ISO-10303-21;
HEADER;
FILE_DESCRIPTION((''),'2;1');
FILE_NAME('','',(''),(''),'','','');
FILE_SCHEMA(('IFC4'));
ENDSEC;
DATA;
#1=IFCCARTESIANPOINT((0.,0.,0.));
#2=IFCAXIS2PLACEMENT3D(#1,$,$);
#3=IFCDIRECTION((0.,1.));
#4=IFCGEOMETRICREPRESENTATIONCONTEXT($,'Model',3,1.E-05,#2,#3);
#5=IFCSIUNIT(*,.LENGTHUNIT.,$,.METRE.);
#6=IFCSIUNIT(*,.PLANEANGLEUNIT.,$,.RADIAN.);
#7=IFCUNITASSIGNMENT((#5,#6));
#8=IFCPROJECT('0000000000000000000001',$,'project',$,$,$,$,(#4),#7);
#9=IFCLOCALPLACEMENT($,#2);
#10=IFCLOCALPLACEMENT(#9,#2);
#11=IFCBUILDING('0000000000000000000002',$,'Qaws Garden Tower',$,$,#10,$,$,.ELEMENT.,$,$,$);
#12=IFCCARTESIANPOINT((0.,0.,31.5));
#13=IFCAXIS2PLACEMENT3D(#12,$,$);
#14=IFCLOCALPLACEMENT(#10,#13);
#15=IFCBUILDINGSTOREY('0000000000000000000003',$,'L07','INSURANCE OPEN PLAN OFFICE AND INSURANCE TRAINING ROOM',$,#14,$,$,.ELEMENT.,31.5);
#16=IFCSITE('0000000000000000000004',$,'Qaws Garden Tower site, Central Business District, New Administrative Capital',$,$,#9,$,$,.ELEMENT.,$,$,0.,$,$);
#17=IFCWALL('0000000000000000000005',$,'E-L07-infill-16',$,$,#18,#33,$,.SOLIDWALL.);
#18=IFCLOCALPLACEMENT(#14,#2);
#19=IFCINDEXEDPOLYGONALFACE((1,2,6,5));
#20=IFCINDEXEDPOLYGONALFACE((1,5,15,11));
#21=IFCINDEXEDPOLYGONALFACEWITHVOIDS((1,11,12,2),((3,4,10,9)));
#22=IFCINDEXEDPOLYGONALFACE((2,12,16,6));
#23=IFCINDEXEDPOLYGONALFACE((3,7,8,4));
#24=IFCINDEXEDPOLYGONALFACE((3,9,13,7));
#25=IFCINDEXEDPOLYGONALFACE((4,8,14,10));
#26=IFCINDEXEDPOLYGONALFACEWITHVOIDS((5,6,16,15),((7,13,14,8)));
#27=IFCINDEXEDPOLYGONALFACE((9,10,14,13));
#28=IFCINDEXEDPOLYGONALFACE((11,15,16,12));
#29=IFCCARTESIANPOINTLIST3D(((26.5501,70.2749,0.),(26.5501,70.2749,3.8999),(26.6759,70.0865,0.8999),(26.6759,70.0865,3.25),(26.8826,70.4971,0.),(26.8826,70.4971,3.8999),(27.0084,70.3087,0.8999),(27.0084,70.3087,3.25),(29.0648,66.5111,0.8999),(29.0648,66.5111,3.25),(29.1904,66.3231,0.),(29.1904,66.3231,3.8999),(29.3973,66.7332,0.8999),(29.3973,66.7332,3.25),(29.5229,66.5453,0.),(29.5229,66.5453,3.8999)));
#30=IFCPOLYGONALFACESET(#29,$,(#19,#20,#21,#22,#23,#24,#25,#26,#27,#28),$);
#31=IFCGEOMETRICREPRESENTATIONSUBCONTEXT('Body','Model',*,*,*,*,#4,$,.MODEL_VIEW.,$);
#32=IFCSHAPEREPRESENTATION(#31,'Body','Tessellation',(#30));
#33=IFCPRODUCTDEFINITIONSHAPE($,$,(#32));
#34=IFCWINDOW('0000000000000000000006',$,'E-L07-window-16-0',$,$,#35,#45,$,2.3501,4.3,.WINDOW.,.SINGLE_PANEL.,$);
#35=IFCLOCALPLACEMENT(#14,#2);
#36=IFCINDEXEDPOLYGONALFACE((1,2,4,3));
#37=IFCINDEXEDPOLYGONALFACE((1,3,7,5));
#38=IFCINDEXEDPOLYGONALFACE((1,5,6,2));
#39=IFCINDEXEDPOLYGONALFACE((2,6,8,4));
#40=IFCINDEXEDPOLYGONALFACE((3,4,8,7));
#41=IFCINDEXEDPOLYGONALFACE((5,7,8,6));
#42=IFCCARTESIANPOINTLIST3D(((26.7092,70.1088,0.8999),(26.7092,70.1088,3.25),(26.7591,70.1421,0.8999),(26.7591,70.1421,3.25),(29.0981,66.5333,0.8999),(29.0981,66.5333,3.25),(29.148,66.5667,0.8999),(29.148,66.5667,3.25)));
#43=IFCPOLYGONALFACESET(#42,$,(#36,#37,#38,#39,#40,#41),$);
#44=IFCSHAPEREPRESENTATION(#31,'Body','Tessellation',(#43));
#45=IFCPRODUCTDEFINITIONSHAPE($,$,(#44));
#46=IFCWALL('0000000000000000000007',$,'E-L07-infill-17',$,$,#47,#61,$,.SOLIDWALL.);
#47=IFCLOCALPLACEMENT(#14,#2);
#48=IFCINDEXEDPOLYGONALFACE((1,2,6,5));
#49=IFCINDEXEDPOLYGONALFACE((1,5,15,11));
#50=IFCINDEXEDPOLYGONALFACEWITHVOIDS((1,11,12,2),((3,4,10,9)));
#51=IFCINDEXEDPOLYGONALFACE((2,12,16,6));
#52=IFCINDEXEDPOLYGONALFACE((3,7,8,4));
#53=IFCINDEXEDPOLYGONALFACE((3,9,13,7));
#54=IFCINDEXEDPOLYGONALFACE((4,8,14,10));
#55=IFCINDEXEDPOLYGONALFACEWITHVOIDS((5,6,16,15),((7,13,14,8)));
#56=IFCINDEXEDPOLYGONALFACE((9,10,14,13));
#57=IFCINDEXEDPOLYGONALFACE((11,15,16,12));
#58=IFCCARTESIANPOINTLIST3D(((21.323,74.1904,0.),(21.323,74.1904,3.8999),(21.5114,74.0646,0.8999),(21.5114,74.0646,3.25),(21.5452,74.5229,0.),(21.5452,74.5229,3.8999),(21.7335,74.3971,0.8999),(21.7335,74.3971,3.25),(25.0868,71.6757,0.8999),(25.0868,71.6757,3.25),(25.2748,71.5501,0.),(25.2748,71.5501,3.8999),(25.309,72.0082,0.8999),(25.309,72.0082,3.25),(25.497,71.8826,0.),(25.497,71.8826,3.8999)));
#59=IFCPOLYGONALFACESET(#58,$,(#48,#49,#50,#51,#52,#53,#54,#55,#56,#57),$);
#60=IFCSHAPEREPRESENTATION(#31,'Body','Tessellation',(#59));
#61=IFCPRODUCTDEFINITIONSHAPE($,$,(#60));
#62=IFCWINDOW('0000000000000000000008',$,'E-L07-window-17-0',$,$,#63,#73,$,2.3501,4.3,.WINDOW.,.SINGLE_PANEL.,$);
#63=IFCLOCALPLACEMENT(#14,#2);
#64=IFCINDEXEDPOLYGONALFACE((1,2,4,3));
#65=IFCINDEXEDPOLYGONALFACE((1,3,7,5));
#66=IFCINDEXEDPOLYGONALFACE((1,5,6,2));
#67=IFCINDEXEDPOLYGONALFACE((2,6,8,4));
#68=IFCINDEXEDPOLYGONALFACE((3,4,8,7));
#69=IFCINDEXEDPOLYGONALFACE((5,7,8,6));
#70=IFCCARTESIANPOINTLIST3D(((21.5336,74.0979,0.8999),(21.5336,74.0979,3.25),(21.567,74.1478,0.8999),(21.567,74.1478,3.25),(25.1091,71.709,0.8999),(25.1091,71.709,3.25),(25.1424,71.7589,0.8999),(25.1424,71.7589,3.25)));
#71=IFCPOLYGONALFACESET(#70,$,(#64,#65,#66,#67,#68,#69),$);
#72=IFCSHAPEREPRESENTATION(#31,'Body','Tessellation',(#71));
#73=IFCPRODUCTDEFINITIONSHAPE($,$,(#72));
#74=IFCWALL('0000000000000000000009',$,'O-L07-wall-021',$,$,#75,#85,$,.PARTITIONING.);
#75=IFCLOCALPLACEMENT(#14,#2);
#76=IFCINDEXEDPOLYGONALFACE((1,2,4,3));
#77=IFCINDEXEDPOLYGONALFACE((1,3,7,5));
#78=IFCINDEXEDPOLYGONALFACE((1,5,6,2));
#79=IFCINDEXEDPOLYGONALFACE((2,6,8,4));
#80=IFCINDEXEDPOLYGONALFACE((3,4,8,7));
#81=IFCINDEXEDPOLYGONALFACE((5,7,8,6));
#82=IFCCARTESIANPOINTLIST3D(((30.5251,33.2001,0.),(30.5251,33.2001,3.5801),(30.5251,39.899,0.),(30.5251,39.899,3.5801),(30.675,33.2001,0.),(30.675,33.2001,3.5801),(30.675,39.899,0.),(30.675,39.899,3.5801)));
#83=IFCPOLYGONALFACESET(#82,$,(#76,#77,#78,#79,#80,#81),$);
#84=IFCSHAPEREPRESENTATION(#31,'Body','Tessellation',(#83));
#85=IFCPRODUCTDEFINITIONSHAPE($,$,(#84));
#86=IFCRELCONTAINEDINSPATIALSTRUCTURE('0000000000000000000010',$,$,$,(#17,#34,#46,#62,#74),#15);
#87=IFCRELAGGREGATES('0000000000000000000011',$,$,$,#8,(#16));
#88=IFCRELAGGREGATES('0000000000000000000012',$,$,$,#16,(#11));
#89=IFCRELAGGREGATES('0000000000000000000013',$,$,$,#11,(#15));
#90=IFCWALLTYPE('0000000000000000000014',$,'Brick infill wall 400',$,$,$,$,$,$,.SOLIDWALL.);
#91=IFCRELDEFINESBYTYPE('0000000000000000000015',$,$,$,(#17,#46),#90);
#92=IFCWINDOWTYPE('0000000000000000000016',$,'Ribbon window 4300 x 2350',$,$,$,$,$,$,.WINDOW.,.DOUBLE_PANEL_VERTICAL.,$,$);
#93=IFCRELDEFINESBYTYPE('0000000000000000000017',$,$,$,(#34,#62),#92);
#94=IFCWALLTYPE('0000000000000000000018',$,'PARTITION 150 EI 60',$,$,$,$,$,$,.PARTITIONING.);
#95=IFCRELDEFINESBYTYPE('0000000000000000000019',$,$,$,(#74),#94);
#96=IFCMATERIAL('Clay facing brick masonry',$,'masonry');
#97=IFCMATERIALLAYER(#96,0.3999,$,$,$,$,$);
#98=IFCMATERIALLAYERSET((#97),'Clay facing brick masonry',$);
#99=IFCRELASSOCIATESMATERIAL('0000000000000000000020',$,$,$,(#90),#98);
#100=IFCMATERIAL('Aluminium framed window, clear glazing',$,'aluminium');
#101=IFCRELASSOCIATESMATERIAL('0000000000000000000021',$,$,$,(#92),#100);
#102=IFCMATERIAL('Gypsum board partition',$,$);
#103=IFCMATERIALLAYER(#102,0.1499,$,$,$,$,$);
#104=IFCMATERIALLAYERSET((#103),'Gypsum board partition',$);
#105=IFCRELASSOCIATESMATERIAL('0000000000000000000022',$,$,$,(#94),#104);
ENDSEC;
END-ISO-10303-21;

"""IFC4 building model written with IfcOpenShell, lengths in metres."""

from ifc_helpers import new_model, si_unit, direction, frame, frame_2d, origin, place, context, subcontext, project, spatial, rectangle, extrude, material, layer, layer_set, type_object, element, fill, save


model = new_model("IFC4")

# Units and contexts
model_context = context("Model", 3, precision=1e-05, world=origin(), true_north=direction((0.0, 1.0)))
body_context = subcontext(model_context, "Body", "Model", "MODEL_VIEW")
ifc_project = project(units=[si_unit("LENGTHUNIT", "METRE"), si_unit("PLANEANGLEUNIT", "RADIAN")], contexts=[model_context])

# Site, building, storey
site_placement = place(None, origin())
site = spatial("IfcSite", under=ifc_project, at=site_placement, Name="Qaws Garden Tower site, Central Business District, New Administrative Capital", CompositionType="ELEMENT", RefElevation=0.0)
building_placement = place(site_placement, origin())
building = spatial("IfcBuilding", under=site, at=building_placement, Name="Qaws Garden Tower", CompositionType="ELEMENT")
storey_placement = place(building_placement, frame((0.0, 0.0, 31.5)))
storey = spatial("IfcBuildingStorey", under=building, at=storey_placement, Name="L07", Description="INSURANCE OPEN PLAN OFFICE AND INSURANCE TRAINING ROOM", CompositionType="ELEMENT", Elevation=31.5)

# Shared definitions
ifc_material_1 = material(Name="Clay facing brick masonry", Category="masonry")
ifc_layer_1 = layer(ifc_material_1, 0.3999)
ifc_layer_set_1 = layer_set([ifc_layer_1], Name="Clay facing brick masonry")
wall_type_1 = type_object("IfcWallType", Name="Brick infill wall 400", PredefinedType="SOLIDWALL", material=ifc_layer_set_1)

# Walls, openings, windows
ifc_material_2 = material(Name="Aluminium framed window, clear glazing", Category="aluminium")
window_type_1 = type_object("IfcWindowType", Name="Ribbon window 4300 x 2350", PartitioningType="DOUBLE_PANEL_VERTICAL", PredefinedType="WINDOW", material=ifc_material_2)
wall_1_placement = place(storey_placement, frame((29.3567, 66.4341, 0.0), z_axis=(0.0, 0.0, 1.0), x_axis=(-0.555542, 0.831489, 0.0)))
wall_1 = element("IfcWall", 1, at=wall_1_placement, inside=storey, type_object=wall_type_1, Name="E-L07-infill-16", PredefinedType="SOLIDWALL", context=body_context, shape_type="SweptSolid", body=[
    extrude(rectangle(XDim=4.7527, YDim=0.3999, at=frame_2d((2.3765, 0.0))), origin(), (0.0, 0.0, 1.0), 3.8999),
])
opening_1_placement = place(wall_1_placement, frame((0.2263, 0.0, 0.8999)))
opening_1 = element("IfcOpeningElement", 2, at=opening_1_placement, cuts=wall_1, PredefinedType="OPENING", context=body_context, shape_type="SweptSolid", body=[
    extrude(rectangle(XDim=4.3, YDim=2.3501, at=frame_2d((2.1499, 1.175))), frame((0.0, 0.21, 0.0), z_axis=(0.0, -1.0, 0.0), x_axis=(1.0, 0.0, 0.0)), (0.0, 0.0, 1.0), 0.4199),
])
window_1_placement = place(opening_1_placement, origin())
window_1 = element("IfcWindow", 3, at=window_1_placement, inside=storey, type_object=window_type_1, Name="E-L07-window-16-0", OverallHeight=2.3501, OverallWidth=4.3, PartitioningType="SINGLE_PANEL", PredefinedType="WINDOW", context=body_context, shape_type="SweptSolid", body=[
    extrude(rectangle(XDim=4.3, YDim=2.3501, at=frame_2d((2.1499, 1.175))), frame((0.0, 0.1599, 0.0), z_axis=(0.0, -1.0, 0.0), x_axis=(1.0, 0.0, 0.0)), (0.0, 0.0, 1.0), 0.0601),
])
fill(opening_1, window_1)
wall_2_placement = place(storey_placement, frame((25.386, 71.7163, 0.0), z_axis=(0.0, 0.0, 1.0), x_axis=(-0.831489, 0.555542, 0.0)))
wall_2 = element("IfcWall", 4, at=wall_2_placement, inside=storey, type_object=wall_type_1, Name="E-L07-infill-17", PredefinedType="SOLIDWALL", context=body_context, shape_type="SweptSolid", body=[
    extrude(rectangle(XDim=4.7527, YDim=0.3999, at=frame_2d((2.3765, 0.0))), origin(), (0.0, 0.0, 1.0), 3.8999),
])
opening_2_placement = place(wall_2_placement, frame((0.2263, 0.0, 0.8999)))
opening_2 = element("IfcOpeningElement", 5, at=opening_2_placement, cuts=wall_2, PredefinedType="OPENING", context=body_context, shape_type="SweptSolid", body=[
    extrude(rectangle(XDim=4.3, YDim=2.3501, at=frame_2d((2.1499, 1.175))), frame((0.0, 0.21, 0.0), z_axis=(0.0, -1.0, 0.0), x_axis=(1.0, 0.0, 0.0)), (0.0, 0.0, 1.0), 0.4199),
])
window_2_placement = place(opening_2_placement, origin())
window_2 = element("IfcWindow", 6, at=window_2_placement, inside=storey, type_object=window_type_1, Name="E-L07-window-17-0", OverallHeight=2.3501, OverallWidth=4.3, PartitioningType="SINGLE_PANEL", PredefinedType="WINDOW", context=body_context, shape_type="SweptSolid", body=[
    extrude(rectangle(XDim=4.3, YDim=2.3501, at=frame_2d((2.1499, 1.175))), frame((0.0, 0.1599, 0.0), z_axis=(0.0, -1.0, 0.0), x_axis=(1.0, 0.0, 0.0)), (0.0, 0.0, 1.0), 0.0601),
])
fill(opening_2, window_2)

# Wall
ifc_material_3 = material(Name="Gypsum board partition")
ifc_layer_2 = layer(ifc_material_3, 0.1499)
ifc_layer_set_2 = layer_set([ifc_layer_2], Name="Gypsum board partition")
wall_type_2 = type_object("IfcWallType", Name="PARTITION 150 EI 60", PredefinedType="PARTITIONING", material=ifc_layer_set_2)
wall_3_placement = place(storey_placement, frame((30.6001, 33.2, 0.0), z_axis=(0.0, 0.0, 1.0), x_axis=(0.0, 1.0, 0.0)))
element("IfcWall", 7, at=wall_3_placement, inside=storey, type_object=wall_type_2, Name="O-L07-wall-021", PredefinedType="PARTITIONING", context=body_context, shape_type="SweptSolid", body=[
    extrude(rectangle(XDim=6.699, YDim=0.1499, at=frame_2d((3.3496, 0.0))), origin(), (0.0, 0.0, 1.0), 3.5801),
])

save(model, "model.ifc")
